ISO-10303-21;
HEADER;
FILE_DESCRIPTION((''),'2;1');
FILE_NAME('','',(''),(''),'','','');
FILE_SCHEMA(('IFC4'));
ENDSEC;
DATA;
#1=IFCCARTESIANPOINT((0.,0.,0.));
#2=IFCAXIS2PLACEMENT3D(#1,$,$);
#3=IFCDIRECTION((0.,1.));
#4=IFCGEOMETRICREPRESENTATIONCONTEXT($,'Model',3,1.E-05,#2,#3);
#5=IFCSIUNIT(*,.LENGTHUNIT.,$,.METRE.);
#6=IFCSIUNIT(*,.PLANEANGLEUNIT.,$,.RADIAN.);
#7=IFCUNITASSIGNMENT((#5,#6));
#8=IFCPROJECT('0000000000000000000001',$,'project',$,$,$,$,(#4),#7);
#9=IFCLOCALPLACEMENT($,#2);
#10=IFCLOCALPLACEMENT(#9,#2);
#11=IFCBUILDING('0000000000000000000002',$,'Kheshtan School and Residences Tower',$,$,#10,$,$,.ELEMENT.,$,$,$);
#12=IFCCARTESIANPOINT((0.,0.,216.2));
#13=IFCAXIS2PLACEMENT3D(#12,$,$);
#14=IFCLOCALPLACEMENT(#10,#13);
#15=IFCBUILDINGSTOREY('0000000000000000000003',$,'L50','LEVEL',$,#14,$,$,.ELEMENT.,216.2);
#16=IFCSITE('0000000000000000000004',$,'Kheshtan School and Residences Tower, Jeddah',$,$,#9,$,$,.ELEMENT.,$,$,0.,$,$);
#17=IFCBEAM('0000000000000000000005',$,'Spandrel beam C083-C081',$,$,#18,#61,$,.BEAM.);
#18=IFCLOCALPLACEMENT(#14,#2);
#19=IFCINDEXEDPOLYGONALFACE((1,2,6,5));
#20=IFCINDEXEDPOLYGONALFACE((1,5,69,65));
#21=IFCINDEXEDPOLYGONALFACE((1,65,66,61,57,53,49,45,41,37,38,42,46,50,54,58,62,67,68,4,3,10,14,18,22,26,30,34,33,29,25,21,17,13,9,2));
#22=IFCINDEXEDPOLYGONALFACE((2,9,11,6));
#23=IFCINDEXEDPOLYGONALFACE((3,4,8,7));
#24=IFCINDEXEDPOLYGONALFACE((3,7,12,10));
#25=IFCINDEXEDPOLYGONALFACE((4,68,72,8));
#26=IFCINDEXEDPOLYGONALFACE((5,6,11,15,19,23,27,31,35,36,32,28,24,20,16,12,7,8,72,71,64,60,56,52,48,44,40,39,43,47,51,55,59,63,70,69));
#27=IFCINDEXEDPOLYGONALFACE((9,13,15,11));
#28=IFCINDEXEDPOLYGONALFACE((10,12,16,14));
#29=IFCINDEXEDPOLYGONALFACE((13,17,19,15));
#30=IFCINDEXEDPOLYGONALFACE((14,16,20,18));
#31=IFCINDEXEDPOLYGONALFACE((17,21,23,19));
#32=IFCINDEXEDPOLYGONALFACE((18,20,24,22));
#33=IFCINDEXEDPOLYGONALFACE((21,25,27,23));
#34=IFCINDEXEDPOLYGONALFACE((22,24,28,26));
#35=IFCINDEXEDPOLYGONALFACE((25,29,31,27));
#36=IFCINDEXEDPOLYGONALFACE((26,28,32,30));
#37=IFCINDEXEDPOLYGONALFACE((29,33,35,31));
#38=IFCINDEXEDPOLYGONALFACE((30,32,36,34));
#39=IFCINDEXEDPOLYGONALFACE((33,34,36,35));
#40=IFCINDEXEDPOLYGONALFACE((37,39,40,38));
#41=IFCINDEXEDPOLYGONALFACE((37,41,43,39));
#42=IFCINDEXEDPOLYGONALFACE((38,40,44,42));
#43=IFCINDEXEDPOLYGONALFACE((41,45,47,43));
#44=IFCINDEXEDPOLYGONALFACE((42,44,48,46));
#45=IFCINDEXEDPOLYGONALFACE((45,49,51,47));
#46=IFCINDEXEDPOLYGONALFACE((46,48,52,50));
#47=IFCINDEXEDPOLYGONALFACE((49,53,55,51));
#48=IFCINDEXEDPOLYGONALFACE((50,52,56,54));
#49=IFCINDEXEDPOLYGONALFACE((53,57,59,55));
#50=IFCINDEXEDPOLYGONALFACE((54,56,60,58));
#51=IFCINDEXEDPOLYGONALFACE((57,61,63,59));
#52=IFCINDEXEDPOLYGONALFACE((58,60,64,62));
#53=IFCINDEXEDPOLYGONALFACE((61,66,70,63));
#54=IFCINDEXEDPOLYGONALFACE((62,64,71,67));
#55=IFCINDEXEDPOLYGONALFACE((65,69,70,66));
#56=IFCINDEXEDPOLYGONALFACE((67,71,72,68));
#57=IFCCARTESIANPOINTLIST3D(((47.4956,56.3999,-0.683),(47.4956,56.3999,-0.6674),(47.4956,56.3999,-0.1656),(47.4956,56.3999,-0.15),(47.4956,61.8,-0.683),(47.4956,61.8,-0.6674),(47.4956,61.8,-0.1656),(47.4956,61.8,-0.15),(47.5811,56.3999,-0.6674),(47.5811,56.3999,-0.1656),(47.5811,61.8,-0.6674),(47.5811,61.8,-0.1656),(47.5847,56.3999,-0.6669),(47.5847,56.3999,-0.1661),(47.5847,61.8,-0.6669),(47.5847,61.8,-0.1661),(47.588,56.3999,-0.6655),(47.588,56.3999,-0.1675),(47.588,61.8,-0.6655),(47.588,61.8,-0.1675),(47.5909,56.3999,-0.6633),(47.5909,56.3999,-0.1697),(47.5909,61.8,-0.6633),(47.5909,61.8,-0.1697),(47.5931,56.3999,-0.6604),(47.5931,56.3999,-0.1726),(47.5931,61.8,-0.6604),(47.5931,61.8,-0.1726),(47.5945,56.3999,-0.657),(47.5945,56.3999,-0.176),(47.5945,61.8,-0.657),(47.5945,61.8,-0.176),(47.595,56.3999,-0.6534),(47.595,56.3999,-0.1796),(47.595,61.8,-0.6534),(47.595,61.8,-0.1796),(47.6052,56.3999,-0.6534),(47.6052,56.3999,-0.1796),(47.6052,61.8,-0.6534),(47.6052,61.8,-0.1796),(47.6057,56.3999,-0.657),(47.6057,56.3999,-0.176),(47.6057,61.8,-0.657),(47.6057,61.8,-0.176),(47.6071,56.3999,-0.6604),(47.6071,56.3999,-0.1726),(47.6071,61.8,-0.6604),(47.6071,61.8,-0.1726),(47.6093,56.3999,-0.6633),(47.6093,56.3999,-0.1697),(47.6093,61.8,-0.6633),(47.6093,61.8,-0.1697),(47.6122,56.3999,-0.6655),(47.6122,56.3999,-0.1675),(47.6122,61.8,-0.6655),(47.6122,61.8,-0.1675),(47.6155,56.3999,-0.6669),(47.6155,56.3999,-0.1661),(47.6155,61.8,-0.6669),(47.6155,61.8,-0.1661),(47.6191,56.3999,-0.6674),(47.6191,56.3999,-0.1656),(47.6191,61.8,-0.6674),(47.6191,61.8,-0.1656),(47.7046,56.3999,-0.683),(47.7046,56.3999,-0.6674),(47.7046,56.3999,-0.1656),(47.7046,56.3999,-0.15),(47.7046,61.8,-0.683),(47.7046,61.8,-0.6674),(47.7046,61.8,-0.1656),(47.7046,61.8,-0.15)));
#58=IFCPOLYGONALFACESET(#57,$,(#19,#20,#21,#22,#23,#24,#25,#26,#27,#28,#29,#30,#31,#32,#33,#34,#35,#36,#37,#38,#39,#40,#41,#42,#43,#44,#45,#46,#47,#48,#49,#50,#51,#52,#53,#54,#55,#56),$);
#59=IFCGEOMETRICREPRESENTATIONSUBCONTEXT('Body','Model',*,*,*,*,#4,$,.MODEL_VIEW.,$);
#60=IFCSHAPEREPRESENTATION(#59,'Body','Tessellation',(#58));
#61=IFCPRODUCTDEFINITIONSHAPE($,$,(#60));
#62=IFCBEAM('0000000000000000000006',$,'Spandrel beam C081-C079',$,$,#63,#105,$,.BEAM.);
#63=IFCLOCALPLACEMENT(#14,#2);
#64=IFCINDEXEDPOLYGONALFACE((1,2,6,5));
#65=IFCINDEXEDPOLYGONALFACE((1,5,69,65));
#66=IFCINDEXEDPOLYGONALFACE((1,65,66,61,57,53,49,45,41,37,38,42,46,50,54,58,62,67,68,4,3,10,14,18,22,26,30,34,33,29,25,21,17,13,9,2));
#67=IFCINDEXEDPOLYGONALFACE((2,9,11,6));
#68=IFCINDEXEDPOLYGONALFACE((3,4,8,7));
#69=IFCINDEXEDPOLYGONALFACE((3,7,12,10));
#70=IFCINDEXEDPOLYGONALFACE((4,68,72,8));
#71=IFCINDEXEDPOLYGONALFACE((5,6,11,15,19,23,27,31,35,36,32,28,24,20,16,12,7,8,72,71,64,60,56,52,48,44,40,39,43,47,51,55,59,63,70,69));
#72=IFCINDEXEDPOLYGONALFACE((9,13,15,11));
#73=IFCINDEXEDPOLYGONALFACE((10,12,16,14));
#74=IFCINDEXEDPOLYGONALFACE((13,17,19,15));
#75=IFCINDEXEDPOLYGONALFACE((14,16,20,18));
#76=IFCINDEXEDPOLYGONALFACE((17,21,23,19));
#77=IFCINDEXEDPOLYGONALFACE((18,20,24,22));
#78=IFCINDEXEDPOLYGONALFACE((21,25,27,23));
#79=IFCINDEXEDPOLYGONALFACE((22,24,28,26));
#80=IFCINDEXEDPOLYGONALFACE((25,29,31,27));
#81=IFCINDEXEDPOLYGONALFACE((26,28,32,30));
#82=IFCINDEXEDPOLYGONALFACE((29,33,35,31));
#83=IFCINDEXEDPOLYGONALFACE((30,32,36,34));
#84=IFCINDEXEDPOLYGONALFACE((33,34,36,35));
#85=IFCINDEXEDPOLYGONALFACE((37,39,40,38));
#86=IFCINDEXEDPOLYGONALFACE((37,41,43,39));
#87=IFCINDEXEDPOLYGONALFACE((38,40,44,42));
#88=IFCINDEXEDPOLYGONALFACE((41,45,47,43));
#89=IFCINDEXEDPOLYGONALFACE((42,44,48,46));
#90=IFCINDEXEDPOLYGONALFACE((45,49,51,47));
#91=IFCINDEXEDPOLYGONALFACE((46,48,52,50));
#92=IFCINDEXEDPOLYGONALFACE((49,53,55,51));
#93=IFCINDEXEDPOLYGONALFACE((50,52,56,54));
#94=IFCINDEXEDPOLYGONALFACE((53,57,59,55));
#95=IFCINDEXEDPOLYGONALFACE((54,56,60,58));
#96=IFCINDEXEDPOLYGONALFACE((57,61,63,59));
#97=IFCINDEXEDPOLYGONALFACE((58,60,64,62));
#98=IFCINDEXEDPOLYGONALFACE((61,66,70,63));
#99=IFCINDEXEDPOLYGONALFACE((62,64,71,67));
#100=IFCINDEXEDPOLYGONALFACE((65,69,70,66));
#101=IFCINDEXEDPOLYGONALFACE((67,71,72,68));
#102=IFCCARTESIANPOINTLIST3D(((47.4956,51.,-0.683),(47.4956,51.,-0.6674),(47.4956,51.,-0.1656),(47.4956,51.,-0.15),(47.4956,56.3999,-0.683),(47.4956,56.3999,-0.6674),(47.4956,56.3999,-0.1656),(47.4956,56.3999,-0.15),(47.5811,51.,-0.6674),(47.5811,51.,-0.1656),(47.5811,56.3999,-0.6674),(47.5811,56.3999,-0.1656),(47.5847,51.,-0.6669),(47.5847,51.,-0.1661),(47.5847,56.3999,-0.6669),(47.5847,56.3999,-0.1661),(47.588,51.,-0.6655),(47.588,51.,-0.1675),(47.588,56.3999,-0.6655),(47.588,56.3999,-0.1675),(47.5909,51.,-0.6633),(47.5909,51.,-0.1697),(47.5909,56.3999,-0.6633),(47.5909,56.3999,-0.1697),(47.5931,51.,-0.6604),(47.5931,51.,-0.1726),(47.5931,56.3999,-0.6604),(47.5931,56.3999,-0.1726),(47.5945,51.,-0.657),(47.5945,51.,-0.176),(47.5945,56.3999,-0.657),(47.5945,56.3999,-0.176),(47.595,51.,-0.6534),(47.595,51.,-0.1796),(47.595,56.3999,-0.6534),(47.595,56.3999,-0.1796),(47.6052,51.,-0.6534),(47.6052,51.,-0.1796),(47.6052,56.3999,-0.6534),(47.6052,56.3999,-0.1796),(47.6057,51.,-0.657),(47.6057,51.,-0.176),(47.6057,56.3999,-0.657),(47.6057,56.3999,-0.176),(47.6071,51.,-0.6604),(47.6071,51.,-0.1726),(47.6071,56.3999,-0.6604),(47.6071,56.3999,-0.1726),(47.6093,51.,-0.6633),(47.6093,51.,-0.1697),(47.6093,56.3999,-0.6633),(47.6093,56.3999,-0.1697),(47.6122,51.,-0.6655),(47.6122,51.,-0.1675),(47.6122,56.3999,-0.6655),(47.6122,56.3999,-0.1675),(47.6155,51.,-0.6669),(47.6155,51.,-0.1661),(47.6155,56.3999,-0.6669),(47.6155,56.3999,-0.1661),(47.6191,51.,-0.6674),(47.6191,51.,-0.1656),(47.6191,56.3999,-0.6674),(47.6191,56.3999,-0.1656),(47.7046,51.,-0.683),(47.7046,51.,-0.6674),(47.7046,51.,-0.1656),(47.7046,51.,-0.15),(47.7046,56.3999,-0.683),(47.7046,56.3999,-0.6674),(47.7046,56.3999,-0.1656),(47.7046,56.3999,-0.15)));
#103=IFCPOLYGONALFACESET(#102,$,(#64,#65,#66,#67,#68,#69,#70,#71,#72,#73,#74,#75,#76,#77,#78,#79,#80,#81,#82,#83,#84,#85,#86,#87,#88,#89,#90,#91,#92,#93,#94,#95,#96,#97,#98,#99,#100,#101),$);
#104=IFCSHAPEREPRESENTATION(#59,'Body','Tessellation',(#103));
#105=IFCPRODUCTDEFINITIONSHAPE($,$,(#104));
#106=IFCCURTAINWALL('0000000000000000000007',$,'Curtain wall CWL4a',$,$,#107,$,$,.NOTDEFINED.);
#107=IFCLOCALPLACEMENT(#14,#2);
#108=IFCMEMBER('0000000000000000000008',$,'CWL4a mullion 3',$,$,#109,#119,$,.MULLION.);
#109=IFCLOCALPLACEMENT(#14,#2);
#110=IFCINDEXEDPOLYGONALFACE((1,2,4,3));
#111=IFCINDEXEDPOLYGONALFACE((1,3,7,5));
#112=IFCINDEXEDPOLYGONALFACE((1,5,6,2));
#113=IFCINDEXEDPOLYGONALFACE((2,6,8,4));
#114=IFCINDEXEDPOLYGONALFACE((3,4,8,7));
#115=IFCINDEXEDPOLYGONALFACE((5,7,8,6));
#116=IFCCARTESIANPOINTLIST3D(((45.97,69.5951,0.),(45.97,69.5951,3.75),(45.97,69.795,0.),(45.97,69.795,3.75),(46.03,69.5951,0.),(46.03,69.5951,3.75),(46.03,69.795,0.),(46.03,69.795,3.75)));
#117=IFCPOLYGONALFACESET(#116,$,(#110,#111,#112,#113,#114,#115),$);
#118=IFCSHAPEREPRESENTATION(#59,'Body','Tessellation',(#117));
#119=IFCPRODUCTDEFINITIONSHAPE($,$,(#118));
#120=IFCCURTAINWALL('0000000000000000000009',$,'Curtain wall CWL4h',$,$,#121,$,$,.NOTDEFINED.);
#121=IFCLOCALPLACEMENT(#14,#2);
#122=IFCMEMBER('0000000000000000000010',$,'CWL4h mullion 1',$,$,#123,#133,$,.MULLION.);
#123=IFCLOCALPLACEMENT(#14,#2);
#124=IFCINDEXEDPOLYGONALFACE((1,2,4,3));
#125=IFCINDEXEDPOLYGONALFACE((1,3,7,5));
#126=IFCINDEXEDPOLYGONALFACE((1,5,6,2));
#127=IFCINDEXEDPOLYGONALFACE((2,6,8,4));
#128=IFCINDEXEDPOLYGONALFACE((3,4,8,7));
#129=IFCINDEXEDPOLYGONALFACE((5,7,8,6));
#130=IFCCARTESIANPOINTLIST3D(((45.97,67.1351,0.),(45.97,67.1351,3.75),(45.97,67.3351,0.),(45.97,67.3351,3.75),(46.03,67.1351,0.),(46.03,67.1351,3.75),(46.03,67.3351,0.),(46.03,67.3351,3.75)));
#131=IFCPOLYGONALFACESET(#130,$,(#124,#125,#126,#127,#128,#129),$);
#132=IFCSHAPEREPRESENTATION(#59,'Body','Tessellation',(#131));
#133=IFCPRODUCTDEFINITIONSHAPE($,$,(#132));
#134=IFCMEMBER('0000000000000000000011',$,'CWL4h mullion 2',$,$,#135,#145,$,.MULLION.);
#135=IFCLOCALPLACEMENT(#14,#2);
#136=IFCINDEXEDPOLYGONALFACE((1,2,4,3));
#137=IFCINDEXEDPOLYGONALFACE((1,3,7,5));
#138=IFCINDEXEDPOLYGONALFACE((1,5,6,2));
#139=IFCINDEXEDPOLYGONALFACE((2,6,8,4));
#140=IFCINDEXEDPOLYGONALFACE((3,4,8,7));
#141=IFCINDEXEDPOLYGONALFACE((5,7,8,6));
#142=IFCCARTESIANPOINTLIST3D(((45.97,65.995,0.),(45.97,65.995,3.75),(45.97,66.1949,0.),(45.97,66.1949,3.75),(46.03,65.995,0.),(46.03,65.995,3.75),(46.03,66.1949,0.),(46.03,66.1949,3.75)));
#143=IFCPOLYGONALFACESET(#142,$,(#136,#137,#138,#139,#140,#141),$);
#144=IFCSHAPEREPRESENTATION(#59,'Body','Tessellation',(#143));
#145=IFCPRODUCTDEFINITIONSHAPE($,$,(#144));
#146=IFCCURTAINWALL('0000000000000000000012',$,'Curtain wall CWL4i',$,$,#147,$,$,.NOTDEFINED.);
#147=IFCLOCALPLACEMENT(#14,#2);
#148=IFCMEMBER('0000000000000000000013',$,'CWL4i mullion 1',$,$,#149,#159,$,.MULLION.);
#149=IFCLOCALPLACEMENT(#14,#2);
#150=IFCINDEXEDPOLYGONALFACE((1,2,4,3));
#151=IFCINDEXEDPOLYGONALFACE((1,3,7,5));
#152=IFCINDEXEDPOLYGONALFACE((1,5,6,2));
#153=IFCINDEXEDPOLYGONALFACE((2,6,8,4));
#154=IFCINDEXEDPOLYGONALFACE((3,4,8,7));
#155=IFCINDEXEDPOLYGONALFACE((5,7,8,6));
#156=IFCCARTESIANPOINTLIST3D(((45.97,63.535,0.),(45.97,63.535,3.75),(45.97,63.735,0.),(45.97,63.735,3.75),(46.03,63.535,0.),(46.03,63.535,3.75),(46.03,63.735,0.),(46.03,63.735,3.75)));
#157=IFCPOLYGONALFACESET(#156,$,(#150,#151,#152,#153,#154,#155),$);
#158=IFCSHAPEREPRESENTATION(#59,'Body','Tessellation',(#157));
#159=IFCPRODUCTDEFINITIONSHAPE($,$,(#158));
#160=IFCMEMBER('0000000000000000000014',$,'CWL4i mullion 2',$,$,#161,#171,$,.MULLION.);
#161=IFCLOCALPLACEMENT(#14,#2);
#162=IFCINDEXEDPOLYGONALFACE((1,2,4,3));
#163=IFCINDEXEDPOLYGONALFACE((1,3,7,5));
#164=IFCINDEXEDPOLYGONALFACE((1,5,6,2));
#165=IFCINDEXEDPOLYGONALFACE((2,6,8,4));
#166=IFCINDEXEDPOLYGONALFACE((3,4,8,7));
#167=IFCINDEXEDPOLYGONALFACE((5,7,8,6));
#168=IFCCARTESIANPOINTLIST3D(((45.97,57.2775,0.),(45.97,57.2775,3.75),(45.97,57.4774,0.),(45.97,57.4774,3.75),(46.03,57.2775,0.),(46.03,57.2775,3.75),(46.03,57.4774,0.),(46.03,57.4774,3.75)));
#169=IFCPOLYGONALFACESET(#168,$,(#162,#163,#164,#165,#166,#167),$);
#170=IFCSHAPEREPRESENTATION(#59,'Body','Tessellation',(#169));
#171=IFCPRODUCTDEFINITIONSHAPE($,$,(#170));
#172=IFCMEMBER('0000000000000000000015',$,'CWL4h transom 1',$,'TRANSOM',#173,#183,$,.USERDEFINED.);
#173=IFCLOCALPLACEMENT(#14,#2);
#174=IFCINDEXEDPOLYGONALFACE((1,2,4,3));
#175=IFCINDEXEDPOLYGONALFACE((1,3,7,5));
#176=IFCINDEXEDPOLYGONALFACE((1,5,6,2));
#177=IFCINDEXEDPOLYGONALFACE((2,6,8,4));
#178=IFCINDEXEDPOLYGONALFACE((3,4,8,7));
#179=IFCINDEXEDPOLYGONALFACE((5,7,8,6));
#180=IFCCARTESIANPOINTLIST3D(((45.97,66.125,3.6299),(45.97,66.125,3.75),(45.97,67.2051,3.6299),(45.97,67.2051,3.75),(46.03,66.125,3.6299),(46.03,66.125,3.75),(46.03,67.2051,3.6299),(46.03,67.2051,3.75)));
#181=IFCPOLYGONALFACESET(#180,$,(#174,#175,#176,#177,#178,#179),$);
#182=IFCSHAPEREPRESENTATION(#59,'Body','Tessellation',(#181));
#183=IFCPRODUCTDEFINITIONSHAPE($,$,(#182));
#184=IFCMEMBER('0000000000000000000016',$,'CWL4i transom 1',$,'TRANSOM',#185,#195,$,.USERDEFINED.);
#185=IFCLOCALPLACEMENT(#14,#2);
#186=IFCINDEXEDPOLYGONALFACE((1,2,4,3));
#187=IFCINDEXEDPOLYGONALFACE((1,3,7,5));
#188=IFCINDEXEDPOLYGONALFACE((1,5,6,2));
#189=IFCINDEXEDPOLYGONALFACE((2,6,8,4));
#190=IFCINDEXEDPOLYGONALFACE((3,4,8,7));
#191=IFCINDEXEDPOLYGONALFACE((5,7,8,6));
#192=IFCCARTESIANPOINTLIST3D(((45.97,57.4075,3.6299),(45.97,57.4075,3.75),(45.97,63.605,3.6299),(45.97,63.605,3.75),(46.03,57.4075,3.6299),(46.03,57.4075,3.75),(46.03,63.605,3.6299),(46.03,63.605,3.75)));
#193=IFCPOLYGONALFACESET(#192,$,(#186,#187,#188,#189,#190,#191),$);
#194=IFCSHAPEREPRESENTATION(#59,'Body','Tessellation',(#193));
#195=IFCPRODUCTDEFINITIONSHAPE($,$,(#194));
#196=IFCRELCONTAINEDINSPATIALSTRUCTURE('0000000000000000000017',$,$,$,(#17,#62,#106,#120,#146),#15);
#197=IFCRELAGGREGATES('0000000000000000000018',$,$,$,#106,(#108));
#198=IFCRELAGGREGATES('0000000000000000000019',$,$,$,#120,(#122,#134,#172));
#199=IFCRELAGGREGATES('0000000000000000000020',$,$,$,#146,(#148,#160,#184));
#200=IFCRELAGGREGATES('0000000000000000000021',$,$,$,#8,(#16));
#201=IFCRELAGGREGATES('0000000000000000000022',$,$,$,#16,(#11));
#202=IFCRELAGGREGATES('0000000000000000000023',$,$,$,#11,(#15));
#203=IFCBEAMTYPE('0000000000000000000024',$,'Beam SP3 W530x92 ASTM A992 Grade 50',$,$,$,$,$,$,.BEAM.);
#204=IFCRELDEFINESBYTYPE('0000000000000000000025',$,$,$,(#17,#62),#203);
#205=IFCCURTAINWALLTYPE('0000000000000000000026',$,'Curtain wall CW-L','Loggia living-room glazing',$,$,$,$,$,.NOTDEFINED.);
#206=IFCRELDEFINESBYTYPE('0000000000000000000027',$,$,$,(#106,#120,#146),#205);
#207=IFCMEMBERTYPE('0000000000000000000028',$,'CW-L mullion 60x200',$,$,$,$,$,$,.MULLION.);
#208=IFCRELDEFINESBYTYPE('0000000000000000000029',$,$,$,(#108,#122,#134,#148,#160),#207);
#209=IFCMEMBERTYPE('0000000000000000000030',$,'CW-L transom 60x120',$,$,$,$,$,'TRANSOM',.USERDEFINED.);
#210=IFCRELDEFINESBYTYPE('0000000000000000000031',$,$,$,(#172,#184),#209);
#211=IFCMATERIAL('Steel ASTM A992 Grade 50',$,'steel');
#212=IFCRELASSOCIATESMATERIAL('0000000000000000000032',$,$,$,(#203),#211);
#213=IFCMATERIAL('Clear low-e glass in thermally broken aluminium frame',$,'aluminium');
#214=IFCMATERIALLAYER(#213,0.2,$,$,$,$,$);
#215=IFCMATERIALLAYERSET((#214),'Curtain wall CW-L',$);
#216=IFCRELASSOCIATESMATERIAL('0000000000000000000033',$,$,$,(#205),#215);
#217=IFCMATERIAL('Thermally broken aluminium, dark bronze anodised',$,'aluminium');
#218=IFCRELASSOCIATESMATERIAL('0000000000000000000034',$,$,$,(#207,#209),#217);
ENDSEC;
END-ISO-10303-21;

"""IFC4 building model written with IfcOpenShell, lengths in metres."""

from ifc_helpers import new_model, si_unit, direction, frame, origin, origin_2d, place, context, subcontext, project, spatial, rectangle, i_section, extrude, material, layer, layer_set, material_profile, profile_set, type_object, element, aggregate, save


model = new_model("IFC4")

# Units and contexts
model_context = context("Model", 3, precision=1e-05, world=origin(), true_north=direction((0.0, 1.0)))
body_context = subcontext(model_context, "Body", "Model", "MODEL_VIEW")
ifc_project = project(units=[si_unit("LENGTHUNIT", "METRE"), si_unit("PLANEANGLEUNIT", "RADIAN")], contexts=[model_context])

# Site, building, storey
site_placement = place(None, origin())
site = spatial("IfcSite", under=ifc_project, at=site_placement, Name="Kheshtan School and Residences Tower, Jeddah", CompositionType="ELEMENT", RefElevation=0.0)
building_placement = place(site_placement, origin())
building = spatial("IfcBuilding", under=site, at=building_placement, Name="Kheshtan School and Residences Tower", CompositionType="ELEMENT")
storey_placement = place(building_placement, frame((0.0, 0.0, 216.2)))
storey = spatial("IfcBuildingStorey", under=building, at=storey_placement, Name="L50", Description="LEVEL", CompositionType="ELEMENT", Elevation=216.2)

# Shared definitions
ifc_material_1 = material(Name="Steel ASTM A992 Grade 50", Category="steel")

# Beams
ifc_material_profile_1 = material_profile(ifc_material_1, i_section(OverallWidth=0.209, OverallDepth=0.533, WebThickness=0.0103, FlangeThickness=0.0156, FilletRadius=0.0139, at=origin_2d()), Name="W530x92")
ifc_profile_set_1 = profile_set([ifc_material_profile_1], Name="Steel ASTM A992 Grade 50")
beam_type_1 = type_object("IfcBeamType", Name="Beam SP3 W530x92 ASTM A992 Grade 50", PredefinedType="BEAM", material=ifc_profile_set_1)
beam_1_placement = place(storey_placement, frame((47.6001, 61.8, -0.4165), z_axis=(0.0, -1.0, 0.0), x_axis=(1.0, 0.0, 0.0)))
element("IfcBeam", 1, at=beam_1_placement, inside=storey, type_object=beam_type_1, Name="Spandrel beam C083-C081", PredefinedType="BEAM", context=body_context, shape_type="SweptSolid", body=[
    extrude(i_section(OverallWidth=0.209, OverallDepth=0.533, WebThickness=0.0103, FlangeThickness=0.0156, FilletRadius=0.0139, at=origin_2d()), origin(), (0.0, 0.0, 1.0), 5.4001),
])
beam_2_placement = place(storey_placement, frame((47.6001, 56.3999, -0.4165), z_axis=(0.0, -1.0, 0.0), x_axis=(1.0, 0.0, 0.0)))
element("IfcBeam", 2, at=beam_2_placement, inside=storey, type_object=beam_type_1, Name="Spandrel beam C081-C079", PredefinedType="BEAM", context=body_context, shape_type="SweptSolid", body=[
    extrude(i_section(OverallWidth=0.209, OverallDepth=0.533, WebThickness=0.0103, FlangeThickness=0.0156, FilletRadius=0.0139, at=origin_2d()), origin(), (0.0, 0.0, 1.0), 5.3999),
])

# Curtain wall, member
ifc_material_2 = material(Name="Clear low-e glass in thermally broken aluminium frame", Category="aluminium")
ifc_layer_1 = layer(ifc_material_2, 0.2)
ifc_layer_set_1 = layer_set([ifc_layer_1], Name="Curtain wall CW-L")
curtain_wall_type = type_object("IfcCurtainWallType", Name="Curtain wall CW-L", Description="Loggia living-room glazing", PredefinedType="NOTDEFINED", material=ifc_layer_set_1)
curtain_wall_1_placement = place(storey_placement, origin())
curtain_wall_1 = element("IfcCurtainWall", 3, at=curtain_wall_1_placement, inside=storey, type_object=curtain_wall_type, Name="Curtain wall CWL4a", PredefinedType="NOTDEFINED")
ifc_material_3 = material(Name="Thermally broken aluminium, dark bronze anodised", Category="aluminium")
ifc_material_profile_2 = material_profile(ifc_material_3, rectangle(XDim=0.0601, YDim=0.2, at=origin_2d()), Name="CW-L mullion 60x200")
ifc_profile_set_2 = profile_set([ifc_material_profile_2], Name="Thermally broken aluminium, dark bronze anodised")
member_type_1 = type_object("IfcMemberType", Name="CW-L mullion 60x200", PredefinedType="MULLION", material=ifc_profile_set_2)
member_1_placement = place(storey_placement, frame((46.0, 69.6951, 0.0), z_axis=(0.0, 0.0, 1.0), x_axis=(1.0, 0.0, 0.0)))
member_1 = element("IfcMember", 4, at=member_1_placement, type_object=member_type_1, Name="CWL4a mullion 3", PredefinedType="MULLION", context=body_context, shape_type="SweptSolid", body=[
    extrude(rectangle(XDim=0.0601, YDim=0.2, at=origin_2d()), origin(), (0.0, 0.0, 1.0), 3.75),
])

# Curtain walls, members
curtain_wall_2_placement = place(storey_placement, origin())
curtain_wall_2 = element("IfcCurtainWall", 5, at=curtain_wall_2_placement, inside=storey, type_object=curtain_wall_type, Name="Curtain wall CWL4h", PredefinedType="NOTDEFINED")
member_2_placement = place(storey_placement, frame((46.0, 67.2351, 0.0), z_axis=(0.0, 0.0, 1.0), x_axis=(1.0, 0.0, 0.0)))
member_2 = element("IfcMember", 6, at=member_2_placement, type_object=member_type_1, Name="CWL4h mullion 1", PredefinedType="MULLION", context=body_context, shape_type="SweptSolid", body=[
    extrude(rectangle(XDim=0.0601, YDim=0.2, at=origin_2d()), origin(), (0.0, 0.0, 1.0), 3.75),
])
member_3_placement = place(storey_placement, frame((46.0, 66.095, 0.0), z_axis=(0.0, 0.0, 1.0), x_axis=(1.0, 0.0, 0.0)))
member_3 = element("IfcMember", 7, at=member_3_placement, type_object=member_type_1, Name="CWL4h mullion 2", PredefinedType="MULLION", context=body_context, shape_type="SweptSolid", body=[
    extrude(rectangle(XDim=0.0601, YDim=0.2, at=origin_2d()), origin(), (0.0, 0.0, 1.0), 3.75),
])
curtain_wall_3_placement = place(storey_placement, origin())
curtain_wall_3 = element("IfcCurtainWall", 8, at=curtain_wall_3_placement, inside=storey, type_object=curtain_wall_type, Name="Curtain wall CWL4i", PredefinedType="NOTDEFINED")
member_4_placement = place(storey_placement, frame((46.0, 63.635, 0.0), z_axis=(0.0, 0.0, 1.0), x_axis=(1.0, 0.0, 0.0)))
member_4 = element("IfcMember", 9, at=member_4_placement, type_object=member_type_1, Name="CWL4i mullion 1", PredefinedType="MULLION", context=body_context, shape_type="SweptSolid", body=[
    extrude(rectangle(XDim=0.0601, YDim=0.2, at=origin_2d()), origin(), (0.0, 0.0, 1.0), 3.75),
])
member_5_placement = place(storey_placement, frame((46.0, 57.3774, 0.0), z_axis=(0.0, 0.0, 1.0), x_axis=(1.0, 0.0, 0.0)))
member_5 = element("IfcMember", 10, at=member_5_placement, type_object=member_type_1, Name="CWL4i mullion 2", PredefinedType="MULLION", context=body_context, shape_type="SweptSolid", body=[
    extrude(rectangle(XDim=0.0601, YDim=0.2, at=origin_2d()), origin(), (0.0, 0.0, 1.0), 3.75),
])

# Members
ifc_material_profile_3 = material_profile(ifc_material_3, rectangle(XDim=0.0601, YDim=0.1201, at=origin_2d()), Name="CW-L transom 60x120")
ifc_profile_set_3 = profile_set([ifc_material_profile_3], Name="Thermally broken aluminium, dark bronze anodised")
member_type_2 = type_object("IfcMemberType", Name="CW-L transom 60x120", ElementType="TRANSOM", PredefinedType="USERDEFINED", material=ifc_profile_set_3)
member_6_placement = place(storey_placement, frame((46.0, 67.2051, 3.6899), z_axis=(0.0, -1.0, 0.0), x_axis=(1.0, 0.0, 0.0)))
member_6 = element("IfcMember", 11, at=member_6_placement, type_object=member_type_2, Name="CWL4h transom 1", ObjectType="TRANSOM", PredefinedType="USERDEFINED", context=body_context, shape_type="SweptSolid", body=[
    extrude(rectangle(XDim=0.0601, YDim=0.1201, at=origin_2d()), origin(), (0.0, 0.0, 1.0), 1.0801),
])
member_7_placement = place(storey_placement, frame((46.0, 63.605, 3.6899), z_axis=(0.0, -1.0, 0.0), x_axis=(1.0, 0.0, 0.0)))
member_7 = element("IfcMember", 12, at=member_7_placement, type_object=member_type_2, Name="CWL4i transom 1", ObjectType="TRANSOM", PredefinedType="USERDEFINED", context=body_context, shape_type="SweptSolid", body=[
    extrude(rectangle(XDim=0.0601, YDim=0.1201, at=origin_2d()), origin(), (0.0, 0.0, 1.0), 6.1975),
])

aggregate(curtain_wall_1, [member_1])
aggregate(curtain_wall_2, [member_2, member_3, member_6])
aggregate(curtain_wall_3, [member_4, member_5, member_7])

save(model, "model.ifc")
